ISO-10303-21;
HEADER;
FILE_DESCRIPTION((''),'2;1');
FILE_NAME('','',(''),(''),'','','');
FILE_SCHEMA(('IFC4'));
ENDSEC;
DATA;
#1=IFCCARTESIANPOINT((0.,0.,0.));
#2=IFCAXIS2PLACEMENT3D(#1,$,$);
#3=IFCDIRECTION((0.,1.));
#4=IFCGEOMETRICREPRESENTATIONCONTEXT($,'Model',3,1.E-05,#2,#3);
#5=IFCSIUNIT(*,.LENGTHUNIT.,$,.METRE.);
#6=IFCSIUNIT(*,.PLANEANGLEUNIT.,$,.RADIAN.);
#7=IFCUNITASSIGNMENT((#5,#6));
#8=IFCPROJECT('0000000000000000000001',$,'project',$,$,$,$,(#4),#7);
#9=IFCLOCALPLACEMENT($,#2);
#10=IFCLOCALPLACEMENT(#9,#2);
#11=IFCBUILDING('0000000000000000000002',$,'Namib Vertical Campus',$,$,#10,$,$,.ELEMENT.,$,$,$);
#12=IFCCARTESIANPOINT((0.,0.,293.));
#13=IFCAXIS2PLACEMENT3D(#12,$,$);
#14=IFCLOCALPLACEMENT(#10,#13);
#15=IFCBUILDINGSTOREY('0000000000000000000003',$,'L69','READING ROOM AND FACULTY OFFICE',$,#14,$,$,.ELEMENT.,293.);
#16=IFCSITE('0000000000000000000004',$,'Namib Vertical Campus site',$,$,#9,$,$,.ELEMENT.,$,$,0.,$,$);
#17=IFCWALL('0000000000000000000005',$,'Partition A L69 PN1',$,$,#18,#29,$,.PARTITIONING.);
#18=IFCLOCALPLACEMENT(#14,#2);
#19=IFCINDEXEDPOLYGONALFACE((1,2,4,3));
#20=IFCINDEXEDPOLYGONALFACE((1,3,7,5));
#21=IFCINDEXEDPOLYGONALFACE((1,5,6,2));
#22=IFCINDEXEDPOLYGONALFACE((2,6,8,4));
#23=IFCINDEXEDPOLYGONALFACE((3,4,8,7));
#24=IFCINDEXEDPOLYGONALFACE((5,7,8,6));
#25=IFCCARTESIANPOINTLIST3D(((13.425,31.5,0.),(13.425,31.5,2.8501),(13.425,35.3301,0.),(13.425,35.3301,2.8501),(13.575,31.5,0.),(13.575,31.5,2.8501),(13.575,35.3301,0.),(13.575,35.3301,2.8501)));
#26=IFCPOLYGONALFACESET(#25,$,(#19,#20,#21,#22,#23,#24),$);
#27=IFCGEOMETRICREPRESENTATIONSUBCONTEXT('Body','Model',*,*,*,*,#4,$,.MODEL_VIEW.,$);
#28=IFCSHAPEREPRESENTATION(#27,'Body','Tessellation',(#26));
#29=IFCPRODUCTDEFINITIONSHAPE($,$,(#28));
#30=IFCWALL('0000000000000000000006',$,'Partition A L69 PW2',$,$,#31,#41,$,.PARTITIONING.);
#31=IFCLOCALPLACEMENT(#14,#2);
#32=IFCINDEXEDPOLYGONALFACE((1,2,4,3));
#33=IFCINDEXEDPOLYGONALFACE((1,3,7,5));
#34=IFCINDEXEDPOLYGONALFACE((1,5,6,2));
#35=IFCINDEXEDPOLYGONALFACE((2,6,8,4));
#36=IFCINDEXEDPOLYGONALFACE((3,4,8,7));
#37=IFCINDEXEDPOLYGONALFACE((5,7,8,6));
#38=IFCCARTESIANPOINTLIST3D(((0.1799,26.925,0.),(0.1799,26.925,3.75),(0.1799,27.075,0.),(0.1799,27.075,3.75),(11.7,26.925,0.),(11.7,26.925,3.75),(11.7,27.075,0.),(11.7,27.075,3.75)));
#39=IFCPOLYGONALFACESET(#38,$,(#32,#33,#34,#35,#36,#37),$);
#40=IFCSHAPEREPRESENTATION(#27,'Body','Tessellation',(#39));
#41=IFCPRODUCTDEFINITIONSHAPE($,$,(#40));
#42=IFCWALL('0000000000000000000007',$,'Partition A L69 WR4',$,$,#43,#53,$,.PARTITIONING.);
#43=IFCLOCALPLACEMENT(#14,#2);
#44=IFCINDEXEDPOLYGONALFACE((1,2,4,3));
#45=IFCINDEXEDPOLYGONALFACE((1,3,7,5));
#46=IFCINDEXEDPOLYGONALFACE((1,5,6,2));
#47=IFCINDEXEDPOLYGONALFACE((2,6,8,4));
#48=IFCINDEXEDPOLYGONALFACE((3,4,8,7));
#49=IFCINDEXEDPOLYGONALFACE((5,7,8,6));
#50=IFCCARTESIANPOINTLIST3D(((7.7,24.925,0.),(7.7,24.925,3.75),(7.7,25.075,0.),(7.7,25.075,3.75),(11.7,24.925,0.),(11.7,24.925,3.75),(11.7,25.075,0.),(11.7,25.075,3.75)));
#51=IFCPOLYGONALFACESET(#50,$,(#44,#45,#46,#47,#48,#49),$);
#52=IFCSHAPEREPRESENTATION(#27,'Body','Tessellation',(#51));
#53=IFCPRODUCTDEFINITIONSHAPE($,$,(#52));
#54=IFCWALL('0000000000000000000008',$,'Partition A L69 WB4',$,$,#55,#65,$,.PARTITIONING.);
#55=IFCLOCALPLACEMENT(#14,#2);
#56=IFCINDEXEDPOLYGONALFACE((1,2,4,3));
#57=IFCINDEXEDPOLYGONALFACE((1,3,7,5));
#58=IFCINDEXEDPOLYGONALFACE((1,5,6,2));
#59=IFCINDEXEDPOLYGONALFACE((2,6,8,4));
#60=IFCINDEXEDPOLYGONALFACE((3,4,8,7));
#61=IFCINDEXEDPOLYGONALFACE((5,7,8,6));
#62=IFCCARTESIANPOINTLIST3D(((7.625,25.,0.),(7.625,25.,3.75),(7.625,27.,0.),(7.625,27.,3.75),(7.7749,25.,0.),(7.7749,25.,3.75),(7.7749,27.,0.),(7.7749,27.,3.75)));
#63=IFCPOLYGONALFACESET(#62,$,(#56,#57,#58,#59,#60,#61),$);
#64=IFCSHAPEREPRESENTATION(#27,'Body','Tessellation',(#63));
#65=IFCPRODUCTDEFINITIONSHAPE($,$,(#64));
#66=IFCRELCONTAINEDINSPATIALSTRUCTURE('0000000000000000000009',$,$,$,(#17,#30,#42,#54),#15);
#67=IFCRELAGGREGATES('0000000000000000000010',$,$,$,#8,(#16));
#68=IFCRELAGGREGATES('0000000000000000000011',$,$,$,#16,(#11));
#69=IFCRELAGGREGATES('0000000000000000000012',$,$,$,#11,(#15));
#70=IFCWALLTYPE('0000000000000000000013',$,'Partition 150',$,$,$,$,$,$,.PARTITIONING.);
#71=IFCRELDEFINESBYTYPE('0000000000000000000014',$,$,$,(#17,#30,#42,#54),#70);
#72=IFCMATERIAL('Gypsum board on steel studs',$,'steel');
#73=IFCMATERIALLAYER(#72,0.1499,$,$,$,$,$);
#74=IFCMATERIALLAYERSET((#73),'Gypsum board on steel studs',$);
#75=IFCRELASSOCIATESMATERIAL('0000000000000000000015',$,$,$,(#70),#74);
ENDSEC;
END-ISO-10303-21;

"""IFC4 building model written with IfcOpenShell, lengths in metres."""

from ifc_helpers import new_model, si_unit, direction, frame, frame_2d, origin, place, context, subcontext, project, spatial, rectangle, extrude, material, layer, layer_set, type_object, element, save


model = new_model("IFC4")

# Units and contexts
model_context = context("Model", 3, precision=1e-05, world=origin(), true_north=direction((0.0, 1.0)))
body_context = subcontext(model_context, "Body", "Model", "MODEL_VIEW")
ifc_project = project(units=[si_unit("LENGTHUNIT", "METRE"), si_unit("PLANEANGLEUNIT", "RADIAN")], contexts=[model_context])

# Site, building, storey
site_placement = place(None, origin())
site = spatial("IfcSite", under=ifc_project, at=site_placement, Name="Namib Vertical Campus site", CompositionType="ELEMENT", RefElevation=0.0)
building_placement = place(site_placement, origin())
building = spatial("IfcBuilding", under=site, at=building_placement, Name="Namib Vertical Campus", CompositionType="ELEMENT")
storey_placement = place(building_placement, frame((0.0, 0.0, 293.0)))
storey = spatial("IfcBuildingStorey", under=building, at=storey_placement, Name="L69", Description="READING ROOM AND FACULTY OFFICE", CompositionType="ELEMENT", Elevation=293.0)

# Walls
ifc_material_1 = material(Name="Gypsum board on steel studs", Category="steel")
ifc_layer_1 = layer(ifc_material_1, 0.1499)
ifc_layer_set_1 = layer_set([ifc_layer_1], Name="Gypsum board on steel studs")
wall_type_1 = type_object("IfcWallType", Name="Partition 150", PredefinedType="PARTITIONING", material=ifc_layer_set_1)
wall_1_placement = place(storey_placement, frame((13.5, 31.5, 0.0), z_axis=(0.0, 0.0, 1.0), x_axis=(0.0, 1.0, 0.0)))
element("IfcWall", 1, at=wall_1_placement, inside=storey, type_object=wall_type_1, Name="Partition A L69 PN1", PredefinedType="PARTITIONING", context=body_context, shape_type="SweptSolid", body=[
    extrude(rectangle(XDim=3.8301, YDim=0.1499, at=frame_2d((1.915, 0.0))), origin(), (0.0, 0.0, 1.0), 2.8501),
])
wall_2_placement = place(storey_placement, frame((0.1799, 27.0, 0.0), z_axis=(0.0, 0.0, 1.0), x_axis=(1.0, 0.0, 0.0)))
element("IfcWall", 2, at=wall_2_placement, inside=storey, type_object=wall_type_1, Name="Partition A L69 PW2", PredefinedType="PARTITIONING", context=body_context, shape_type="SweptSolid", body=[
    extrude(rectangle(XDim=11.52, YDim=0.1499, at=frame_2d((5.76, 0.0))), origin(), (0.0, 0.0, 1.0), 3.75),
])
wall_3_placement = place(storey_placement, frame((11.7, 25.0, 0.0), z_axis=(0.0, 0.0, 1.0), x_axis=(-1.0, 0.0, 0.0)))
element("IfcWall", 3, at=wall_3_placement, inside=storey, type_object=wall_type_1, Name="Partition A L69 WR4", PredefinedType="PARTITIONING", context=body_context, shape_type="SweptSolid", body=[
    extrude(rectangle(XDim=4.0, YDim=0.1499, at=frame_2d((2.0, 0.0))), origin(), (0.0, 0.0, 1.0), 3.75),
])
wall_4_placement = place(storey_placement, frame((7.7, 25.0, 0.0), z_axis=(0.0, 0.0, 1.0), x_axis=(0.0, 1.0, 0.0)))
element("IfcWall", 4, at=wall_4_placement, inside=storey, type_object=wall_type_1, Name="Partition A L69 WB4", PredefinedType="PARTITIONING", context=body_context, shape_type="SweptSolid", body=[
    extrude(rectangle(XDim=2.0, YDim=0.1499, at=frame_2d((1.0, 0.0))), origin(), (0.0, 0.0, 1.0), 3.75),
])

save(model, "model.ifc")
